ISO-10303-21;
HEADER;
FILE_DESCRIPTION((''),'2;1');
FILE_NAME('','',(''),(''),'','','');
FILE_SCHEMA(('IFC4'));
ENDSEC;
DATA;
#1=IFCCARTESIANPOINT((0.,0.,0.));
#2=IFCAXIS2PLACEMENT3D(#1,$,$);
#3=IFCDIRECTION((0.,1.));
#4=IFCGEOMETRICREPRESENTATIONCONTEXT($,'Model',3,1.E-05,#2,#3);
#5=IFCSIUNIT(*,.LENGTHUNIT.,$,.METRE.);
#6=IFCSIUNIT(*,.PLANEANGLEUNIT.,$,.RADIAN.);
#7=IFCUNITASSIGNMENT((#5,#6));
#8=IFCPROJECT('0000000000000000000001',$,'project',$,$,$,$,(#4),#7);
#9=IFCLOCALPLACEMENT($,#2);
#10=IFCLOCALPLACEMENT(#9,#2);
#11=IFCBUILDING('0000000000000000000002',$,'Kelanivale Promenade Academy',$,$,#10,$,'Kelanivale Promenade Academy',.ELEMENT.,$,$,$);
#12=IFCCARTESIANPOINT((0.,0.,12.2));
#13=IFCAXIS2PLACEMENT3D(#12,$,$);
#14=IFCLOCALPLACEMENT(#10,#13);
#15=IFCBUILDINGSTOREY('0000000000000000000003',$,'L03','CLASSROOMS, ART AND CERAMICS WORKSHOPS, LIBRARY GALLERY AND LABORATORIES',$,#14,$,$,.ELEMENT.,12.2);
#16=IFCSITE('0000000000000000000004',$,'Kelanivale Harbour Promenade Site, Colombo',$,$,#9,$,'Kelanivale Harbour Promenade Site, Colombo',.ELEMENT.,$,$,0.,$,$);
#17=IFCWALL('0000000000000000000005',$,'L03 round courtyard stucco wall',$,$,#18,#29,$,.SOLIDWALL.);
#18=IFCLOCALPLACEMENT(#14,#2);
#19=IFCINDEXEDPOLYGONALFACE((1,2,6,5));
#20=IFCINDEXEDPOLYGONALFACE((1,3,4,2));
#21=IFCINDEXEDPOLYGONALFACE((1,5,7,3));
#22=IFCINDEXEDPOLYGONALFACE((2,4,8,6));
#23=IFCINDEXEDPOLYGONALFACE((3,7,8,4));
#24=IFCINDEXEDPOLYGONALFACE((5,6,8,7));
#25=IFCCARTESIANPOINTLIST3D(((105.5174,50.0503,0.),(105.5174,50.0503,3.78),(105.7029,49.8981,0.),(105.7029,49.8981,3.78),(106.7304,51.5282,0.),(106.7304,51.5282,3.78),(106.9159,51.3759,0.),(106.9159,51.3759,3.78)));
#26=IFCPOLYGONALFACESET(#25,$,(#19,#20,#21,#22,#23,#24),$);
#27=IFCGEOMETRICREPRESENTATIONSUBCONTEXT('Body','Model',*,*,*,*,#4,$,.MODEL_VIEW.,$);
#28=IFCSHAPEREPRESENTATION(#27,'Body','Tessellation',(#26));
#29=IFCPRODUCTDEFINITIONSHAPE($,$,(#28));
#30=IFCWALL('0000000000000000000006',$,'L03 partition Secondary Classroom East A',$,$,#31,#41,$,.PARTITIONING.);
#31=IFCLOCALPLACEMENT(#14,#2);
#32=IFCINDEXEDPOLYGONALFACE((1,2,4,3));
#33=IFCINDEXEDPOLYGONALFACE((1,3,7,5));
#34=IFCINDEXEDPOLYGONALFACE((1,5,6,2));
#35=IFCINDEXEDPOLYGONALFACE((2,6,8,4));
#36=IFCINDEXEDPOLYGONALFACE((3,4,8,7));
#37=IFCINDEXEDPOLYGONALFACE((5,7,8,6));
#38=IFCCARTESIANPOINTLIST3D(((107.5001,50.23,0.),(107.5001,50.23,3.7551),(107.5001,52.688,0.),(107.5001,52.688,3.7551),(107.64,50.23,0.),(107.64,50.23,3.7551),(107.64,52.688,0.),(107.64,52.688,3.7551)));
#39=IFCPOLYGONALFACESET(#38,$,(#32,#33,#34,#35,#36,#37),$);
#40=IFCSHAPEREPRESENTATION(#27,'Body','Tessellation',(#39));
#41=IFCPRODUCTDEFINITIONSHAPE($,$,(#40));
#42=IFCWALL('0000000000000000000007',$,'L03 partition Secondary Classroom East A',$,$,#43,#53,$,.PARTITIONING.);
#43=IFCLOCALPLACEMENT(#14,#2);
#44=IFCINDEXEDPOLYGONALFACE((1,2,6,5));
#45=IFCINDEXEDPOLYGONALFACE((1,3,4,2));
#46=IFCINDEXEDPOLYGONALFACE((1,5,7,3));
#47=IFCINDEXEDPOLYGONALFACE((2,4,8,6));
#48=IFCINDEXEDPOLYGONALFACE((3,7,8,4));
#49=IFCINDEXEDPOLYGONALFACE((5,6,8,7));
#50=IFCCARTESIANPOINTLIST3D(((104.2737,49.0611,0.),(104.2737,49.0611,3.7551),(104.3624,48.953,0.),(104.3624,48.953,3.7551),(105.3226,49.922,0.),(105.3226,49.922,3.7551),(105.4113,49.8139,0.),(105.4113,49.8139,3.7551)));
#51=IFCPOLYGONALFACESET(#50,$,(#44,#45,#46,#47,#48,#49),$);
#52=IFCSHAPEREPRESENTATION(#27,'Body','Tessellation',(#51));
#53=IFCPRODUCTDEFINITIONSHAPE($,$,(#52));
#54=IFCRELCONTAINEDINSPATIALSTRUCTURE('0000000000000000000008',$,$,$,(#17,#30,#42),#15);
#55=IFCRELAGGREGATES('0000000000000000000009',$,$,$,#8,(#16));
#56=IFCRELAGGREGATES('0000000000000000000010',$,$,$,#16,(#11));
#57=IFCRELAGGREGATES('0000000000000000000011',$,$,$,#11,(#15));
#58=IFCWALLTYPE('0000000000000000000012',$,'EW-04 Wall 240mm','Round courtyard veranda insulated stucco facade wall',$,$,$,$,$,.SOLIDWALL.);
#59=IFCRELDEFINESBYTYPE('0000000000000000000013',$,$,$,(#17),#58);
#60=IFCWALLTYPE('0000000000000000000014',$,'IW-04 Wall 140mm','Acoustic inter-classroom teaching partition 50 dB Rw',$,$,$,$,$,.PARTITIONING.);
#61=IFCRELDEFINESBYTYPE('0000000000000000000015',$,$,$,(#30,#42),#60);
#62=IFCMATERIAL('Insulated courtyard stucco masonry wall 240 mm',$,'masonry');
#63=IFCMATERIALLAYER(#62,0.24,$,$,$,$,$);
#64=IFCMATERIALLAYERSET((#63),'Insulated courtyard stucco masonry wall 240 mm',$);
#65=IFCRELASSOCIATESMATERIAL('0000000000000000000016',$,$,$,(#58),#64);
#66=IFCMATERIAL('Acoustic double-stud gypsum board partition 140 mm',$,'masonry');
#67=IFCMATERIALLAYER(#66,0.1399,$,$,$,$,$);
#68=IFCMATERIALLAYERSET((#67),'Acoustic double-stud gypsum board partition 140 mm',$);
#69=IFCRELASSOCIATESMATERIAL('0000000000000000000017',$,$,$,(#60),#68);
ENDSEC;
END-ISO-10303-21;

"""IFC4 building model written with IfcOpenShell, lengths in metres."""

from ifc_helpers import new_model, si_unit, direction, frame, frame_2d, origin, place, context, subcontext, project, spatial, rectangle, extrude, material, layer, layer_set, type_object, element, save


model = new_model("IFC4")

# Units and contexts
model_context = context("Model", 3, precision=1e-05, world=origin(), true_north=direction((0.0, 1.0)))
body_context = subcontext(model_context, "Body", "Model", "MODEL_VIEW")
ifc_project = project(units=[si_unit("LENGTHUNIT", "METRE"), si_unit("PLANEANGLEUNIT", "RADIAN")], contexts=[model_context])

# Site, building, storey
site_placement = place(None, origin())
site = spatial("IfcSite", under=ifc_project, at=site_placement, Name="Kelanivale Harbour Promenade Site, Colombo", LongName="Kelanivale Harbour Promenade Site, Colombo", CompositionType="ELEMENT", RefElevation=0.0)
building_placement = place(site_placement, origin())
building = spatial("IfcBuilding", under=site, at=building_placement, Name="Kelanivale Promenade Academy", LongName="Kelanivale Promenade Academy", CompositionType="ELEMENT")
storey_placement = place(building_placement, frame((0.0, 0.0, 12.2)))
storey = spatial("IfcBuildingStorey", under=building, at=storey_placement, Name="L03", Description="CLASSROOMS, ART AND CERAMICS WORKSHOPS, LIBRARY GALLERY AND LABORATORIES", CompositionType="ELEMENT", Elevation=12.2)

# Walls
ifc_material_1 = material(Name="Insulated courtyard stucco masonry wall 240 mm", Category="masonry")
ifc_layer_1 = layer(ifc_material_1, 0.24)
ifc_layer_set_1 = layer_set([ifc_layer_1], Name="Insulated courtyard stucco masonry wall 240 mm")
wall_type_1 = type_object("IfcWallType", Name="EW-04 Wall 240mm", Description="Round courtyard veranda insulated stucco facade wall", PredefinedType="SOLIDWALL", material=ifc_layer_set_1)
wall_1_placement = place(storey_placement, frame((105.6101, 49.9741, 0.0), z_axis=(0.0, 0.0, 1.0), x_axis=(0.634426, 0.772983, 0.0)))
element("IfcWall", 1, at=wall_1_placement, inside=storey, type_object=wall_type_1, Name="L03 round courtyard stucco wall", PredefinedType="SOLIDWALL", context=body_context, shape_type="SweptSolid", body=[
    extrude(rectangle(XDim=1.9119, YDim=0.24, at=frame_2d((0.9561, 0.0))), origin(), (0.0, 0.0, 1.0), 3.78),
])
ifc_material_2 = material(Name="Acoustic double-stud gypsum board partition 140 mm", Category="masonry")
ifc_layer_2 = layer(ifc_material_2, 0.1399)
ifc_layer_set_2 = layer_set([ifc_layer_2], Name="Acoustic double-stud gypsum board partition 140 mm")
wall_type_2 = type_object("IfcWallType", Name="IW-04 Wall 140mm", Description="Acoustic inter-classroom teaching partition 50 dB Rw", PredefinedType="PARTITIONING", material=ifc_layer_set_2)
wall_2_placement = place(storey_placement, frame((107.5701, 50.23, 0.0), z_axis=(0.0, 0.0, 1.0), x_axis=(0.0, 1.0, 0.0)))
element("IfcWall", 2, at=wall_2_placement, inside=storey, type_object=wall_type_2, Name="L03 partition Secondary Classroom East A", PredefinedType="PARTITIONING", context=body_context, shape_type="SweptSolid", body=[
    extrude(rectangle(XDim=2.458, YDim=0.1399, at=frame_2d((1.229, 0.0))), origin(), (0.0, 0.0, 1.0), 3.7551),
])
wall_3_placement = place(storey_placement, frame((105.3669, 49.8679, 0.0), z_axis=(0.0, 0.0, 1.0), x_axis=(-0.772978, -0.634432, 0.0)))
element("IfcWall", 3, at=wall_3_placement, inside=storey, type_object=wall_type_2, Name="L03 partition Secondary Classroom East A", PredefinedType="PARTITIONING", context=body_context, shape_type="SweptSolid", body=[
    extrude(rectangle(XDim=1.3569, YDim=0.1399, at=frame_2d((0.6785, 0.0))), origin(), (0.0, 0.0, 1.0), 3.7551),
])

save(model, "model.ifc")
